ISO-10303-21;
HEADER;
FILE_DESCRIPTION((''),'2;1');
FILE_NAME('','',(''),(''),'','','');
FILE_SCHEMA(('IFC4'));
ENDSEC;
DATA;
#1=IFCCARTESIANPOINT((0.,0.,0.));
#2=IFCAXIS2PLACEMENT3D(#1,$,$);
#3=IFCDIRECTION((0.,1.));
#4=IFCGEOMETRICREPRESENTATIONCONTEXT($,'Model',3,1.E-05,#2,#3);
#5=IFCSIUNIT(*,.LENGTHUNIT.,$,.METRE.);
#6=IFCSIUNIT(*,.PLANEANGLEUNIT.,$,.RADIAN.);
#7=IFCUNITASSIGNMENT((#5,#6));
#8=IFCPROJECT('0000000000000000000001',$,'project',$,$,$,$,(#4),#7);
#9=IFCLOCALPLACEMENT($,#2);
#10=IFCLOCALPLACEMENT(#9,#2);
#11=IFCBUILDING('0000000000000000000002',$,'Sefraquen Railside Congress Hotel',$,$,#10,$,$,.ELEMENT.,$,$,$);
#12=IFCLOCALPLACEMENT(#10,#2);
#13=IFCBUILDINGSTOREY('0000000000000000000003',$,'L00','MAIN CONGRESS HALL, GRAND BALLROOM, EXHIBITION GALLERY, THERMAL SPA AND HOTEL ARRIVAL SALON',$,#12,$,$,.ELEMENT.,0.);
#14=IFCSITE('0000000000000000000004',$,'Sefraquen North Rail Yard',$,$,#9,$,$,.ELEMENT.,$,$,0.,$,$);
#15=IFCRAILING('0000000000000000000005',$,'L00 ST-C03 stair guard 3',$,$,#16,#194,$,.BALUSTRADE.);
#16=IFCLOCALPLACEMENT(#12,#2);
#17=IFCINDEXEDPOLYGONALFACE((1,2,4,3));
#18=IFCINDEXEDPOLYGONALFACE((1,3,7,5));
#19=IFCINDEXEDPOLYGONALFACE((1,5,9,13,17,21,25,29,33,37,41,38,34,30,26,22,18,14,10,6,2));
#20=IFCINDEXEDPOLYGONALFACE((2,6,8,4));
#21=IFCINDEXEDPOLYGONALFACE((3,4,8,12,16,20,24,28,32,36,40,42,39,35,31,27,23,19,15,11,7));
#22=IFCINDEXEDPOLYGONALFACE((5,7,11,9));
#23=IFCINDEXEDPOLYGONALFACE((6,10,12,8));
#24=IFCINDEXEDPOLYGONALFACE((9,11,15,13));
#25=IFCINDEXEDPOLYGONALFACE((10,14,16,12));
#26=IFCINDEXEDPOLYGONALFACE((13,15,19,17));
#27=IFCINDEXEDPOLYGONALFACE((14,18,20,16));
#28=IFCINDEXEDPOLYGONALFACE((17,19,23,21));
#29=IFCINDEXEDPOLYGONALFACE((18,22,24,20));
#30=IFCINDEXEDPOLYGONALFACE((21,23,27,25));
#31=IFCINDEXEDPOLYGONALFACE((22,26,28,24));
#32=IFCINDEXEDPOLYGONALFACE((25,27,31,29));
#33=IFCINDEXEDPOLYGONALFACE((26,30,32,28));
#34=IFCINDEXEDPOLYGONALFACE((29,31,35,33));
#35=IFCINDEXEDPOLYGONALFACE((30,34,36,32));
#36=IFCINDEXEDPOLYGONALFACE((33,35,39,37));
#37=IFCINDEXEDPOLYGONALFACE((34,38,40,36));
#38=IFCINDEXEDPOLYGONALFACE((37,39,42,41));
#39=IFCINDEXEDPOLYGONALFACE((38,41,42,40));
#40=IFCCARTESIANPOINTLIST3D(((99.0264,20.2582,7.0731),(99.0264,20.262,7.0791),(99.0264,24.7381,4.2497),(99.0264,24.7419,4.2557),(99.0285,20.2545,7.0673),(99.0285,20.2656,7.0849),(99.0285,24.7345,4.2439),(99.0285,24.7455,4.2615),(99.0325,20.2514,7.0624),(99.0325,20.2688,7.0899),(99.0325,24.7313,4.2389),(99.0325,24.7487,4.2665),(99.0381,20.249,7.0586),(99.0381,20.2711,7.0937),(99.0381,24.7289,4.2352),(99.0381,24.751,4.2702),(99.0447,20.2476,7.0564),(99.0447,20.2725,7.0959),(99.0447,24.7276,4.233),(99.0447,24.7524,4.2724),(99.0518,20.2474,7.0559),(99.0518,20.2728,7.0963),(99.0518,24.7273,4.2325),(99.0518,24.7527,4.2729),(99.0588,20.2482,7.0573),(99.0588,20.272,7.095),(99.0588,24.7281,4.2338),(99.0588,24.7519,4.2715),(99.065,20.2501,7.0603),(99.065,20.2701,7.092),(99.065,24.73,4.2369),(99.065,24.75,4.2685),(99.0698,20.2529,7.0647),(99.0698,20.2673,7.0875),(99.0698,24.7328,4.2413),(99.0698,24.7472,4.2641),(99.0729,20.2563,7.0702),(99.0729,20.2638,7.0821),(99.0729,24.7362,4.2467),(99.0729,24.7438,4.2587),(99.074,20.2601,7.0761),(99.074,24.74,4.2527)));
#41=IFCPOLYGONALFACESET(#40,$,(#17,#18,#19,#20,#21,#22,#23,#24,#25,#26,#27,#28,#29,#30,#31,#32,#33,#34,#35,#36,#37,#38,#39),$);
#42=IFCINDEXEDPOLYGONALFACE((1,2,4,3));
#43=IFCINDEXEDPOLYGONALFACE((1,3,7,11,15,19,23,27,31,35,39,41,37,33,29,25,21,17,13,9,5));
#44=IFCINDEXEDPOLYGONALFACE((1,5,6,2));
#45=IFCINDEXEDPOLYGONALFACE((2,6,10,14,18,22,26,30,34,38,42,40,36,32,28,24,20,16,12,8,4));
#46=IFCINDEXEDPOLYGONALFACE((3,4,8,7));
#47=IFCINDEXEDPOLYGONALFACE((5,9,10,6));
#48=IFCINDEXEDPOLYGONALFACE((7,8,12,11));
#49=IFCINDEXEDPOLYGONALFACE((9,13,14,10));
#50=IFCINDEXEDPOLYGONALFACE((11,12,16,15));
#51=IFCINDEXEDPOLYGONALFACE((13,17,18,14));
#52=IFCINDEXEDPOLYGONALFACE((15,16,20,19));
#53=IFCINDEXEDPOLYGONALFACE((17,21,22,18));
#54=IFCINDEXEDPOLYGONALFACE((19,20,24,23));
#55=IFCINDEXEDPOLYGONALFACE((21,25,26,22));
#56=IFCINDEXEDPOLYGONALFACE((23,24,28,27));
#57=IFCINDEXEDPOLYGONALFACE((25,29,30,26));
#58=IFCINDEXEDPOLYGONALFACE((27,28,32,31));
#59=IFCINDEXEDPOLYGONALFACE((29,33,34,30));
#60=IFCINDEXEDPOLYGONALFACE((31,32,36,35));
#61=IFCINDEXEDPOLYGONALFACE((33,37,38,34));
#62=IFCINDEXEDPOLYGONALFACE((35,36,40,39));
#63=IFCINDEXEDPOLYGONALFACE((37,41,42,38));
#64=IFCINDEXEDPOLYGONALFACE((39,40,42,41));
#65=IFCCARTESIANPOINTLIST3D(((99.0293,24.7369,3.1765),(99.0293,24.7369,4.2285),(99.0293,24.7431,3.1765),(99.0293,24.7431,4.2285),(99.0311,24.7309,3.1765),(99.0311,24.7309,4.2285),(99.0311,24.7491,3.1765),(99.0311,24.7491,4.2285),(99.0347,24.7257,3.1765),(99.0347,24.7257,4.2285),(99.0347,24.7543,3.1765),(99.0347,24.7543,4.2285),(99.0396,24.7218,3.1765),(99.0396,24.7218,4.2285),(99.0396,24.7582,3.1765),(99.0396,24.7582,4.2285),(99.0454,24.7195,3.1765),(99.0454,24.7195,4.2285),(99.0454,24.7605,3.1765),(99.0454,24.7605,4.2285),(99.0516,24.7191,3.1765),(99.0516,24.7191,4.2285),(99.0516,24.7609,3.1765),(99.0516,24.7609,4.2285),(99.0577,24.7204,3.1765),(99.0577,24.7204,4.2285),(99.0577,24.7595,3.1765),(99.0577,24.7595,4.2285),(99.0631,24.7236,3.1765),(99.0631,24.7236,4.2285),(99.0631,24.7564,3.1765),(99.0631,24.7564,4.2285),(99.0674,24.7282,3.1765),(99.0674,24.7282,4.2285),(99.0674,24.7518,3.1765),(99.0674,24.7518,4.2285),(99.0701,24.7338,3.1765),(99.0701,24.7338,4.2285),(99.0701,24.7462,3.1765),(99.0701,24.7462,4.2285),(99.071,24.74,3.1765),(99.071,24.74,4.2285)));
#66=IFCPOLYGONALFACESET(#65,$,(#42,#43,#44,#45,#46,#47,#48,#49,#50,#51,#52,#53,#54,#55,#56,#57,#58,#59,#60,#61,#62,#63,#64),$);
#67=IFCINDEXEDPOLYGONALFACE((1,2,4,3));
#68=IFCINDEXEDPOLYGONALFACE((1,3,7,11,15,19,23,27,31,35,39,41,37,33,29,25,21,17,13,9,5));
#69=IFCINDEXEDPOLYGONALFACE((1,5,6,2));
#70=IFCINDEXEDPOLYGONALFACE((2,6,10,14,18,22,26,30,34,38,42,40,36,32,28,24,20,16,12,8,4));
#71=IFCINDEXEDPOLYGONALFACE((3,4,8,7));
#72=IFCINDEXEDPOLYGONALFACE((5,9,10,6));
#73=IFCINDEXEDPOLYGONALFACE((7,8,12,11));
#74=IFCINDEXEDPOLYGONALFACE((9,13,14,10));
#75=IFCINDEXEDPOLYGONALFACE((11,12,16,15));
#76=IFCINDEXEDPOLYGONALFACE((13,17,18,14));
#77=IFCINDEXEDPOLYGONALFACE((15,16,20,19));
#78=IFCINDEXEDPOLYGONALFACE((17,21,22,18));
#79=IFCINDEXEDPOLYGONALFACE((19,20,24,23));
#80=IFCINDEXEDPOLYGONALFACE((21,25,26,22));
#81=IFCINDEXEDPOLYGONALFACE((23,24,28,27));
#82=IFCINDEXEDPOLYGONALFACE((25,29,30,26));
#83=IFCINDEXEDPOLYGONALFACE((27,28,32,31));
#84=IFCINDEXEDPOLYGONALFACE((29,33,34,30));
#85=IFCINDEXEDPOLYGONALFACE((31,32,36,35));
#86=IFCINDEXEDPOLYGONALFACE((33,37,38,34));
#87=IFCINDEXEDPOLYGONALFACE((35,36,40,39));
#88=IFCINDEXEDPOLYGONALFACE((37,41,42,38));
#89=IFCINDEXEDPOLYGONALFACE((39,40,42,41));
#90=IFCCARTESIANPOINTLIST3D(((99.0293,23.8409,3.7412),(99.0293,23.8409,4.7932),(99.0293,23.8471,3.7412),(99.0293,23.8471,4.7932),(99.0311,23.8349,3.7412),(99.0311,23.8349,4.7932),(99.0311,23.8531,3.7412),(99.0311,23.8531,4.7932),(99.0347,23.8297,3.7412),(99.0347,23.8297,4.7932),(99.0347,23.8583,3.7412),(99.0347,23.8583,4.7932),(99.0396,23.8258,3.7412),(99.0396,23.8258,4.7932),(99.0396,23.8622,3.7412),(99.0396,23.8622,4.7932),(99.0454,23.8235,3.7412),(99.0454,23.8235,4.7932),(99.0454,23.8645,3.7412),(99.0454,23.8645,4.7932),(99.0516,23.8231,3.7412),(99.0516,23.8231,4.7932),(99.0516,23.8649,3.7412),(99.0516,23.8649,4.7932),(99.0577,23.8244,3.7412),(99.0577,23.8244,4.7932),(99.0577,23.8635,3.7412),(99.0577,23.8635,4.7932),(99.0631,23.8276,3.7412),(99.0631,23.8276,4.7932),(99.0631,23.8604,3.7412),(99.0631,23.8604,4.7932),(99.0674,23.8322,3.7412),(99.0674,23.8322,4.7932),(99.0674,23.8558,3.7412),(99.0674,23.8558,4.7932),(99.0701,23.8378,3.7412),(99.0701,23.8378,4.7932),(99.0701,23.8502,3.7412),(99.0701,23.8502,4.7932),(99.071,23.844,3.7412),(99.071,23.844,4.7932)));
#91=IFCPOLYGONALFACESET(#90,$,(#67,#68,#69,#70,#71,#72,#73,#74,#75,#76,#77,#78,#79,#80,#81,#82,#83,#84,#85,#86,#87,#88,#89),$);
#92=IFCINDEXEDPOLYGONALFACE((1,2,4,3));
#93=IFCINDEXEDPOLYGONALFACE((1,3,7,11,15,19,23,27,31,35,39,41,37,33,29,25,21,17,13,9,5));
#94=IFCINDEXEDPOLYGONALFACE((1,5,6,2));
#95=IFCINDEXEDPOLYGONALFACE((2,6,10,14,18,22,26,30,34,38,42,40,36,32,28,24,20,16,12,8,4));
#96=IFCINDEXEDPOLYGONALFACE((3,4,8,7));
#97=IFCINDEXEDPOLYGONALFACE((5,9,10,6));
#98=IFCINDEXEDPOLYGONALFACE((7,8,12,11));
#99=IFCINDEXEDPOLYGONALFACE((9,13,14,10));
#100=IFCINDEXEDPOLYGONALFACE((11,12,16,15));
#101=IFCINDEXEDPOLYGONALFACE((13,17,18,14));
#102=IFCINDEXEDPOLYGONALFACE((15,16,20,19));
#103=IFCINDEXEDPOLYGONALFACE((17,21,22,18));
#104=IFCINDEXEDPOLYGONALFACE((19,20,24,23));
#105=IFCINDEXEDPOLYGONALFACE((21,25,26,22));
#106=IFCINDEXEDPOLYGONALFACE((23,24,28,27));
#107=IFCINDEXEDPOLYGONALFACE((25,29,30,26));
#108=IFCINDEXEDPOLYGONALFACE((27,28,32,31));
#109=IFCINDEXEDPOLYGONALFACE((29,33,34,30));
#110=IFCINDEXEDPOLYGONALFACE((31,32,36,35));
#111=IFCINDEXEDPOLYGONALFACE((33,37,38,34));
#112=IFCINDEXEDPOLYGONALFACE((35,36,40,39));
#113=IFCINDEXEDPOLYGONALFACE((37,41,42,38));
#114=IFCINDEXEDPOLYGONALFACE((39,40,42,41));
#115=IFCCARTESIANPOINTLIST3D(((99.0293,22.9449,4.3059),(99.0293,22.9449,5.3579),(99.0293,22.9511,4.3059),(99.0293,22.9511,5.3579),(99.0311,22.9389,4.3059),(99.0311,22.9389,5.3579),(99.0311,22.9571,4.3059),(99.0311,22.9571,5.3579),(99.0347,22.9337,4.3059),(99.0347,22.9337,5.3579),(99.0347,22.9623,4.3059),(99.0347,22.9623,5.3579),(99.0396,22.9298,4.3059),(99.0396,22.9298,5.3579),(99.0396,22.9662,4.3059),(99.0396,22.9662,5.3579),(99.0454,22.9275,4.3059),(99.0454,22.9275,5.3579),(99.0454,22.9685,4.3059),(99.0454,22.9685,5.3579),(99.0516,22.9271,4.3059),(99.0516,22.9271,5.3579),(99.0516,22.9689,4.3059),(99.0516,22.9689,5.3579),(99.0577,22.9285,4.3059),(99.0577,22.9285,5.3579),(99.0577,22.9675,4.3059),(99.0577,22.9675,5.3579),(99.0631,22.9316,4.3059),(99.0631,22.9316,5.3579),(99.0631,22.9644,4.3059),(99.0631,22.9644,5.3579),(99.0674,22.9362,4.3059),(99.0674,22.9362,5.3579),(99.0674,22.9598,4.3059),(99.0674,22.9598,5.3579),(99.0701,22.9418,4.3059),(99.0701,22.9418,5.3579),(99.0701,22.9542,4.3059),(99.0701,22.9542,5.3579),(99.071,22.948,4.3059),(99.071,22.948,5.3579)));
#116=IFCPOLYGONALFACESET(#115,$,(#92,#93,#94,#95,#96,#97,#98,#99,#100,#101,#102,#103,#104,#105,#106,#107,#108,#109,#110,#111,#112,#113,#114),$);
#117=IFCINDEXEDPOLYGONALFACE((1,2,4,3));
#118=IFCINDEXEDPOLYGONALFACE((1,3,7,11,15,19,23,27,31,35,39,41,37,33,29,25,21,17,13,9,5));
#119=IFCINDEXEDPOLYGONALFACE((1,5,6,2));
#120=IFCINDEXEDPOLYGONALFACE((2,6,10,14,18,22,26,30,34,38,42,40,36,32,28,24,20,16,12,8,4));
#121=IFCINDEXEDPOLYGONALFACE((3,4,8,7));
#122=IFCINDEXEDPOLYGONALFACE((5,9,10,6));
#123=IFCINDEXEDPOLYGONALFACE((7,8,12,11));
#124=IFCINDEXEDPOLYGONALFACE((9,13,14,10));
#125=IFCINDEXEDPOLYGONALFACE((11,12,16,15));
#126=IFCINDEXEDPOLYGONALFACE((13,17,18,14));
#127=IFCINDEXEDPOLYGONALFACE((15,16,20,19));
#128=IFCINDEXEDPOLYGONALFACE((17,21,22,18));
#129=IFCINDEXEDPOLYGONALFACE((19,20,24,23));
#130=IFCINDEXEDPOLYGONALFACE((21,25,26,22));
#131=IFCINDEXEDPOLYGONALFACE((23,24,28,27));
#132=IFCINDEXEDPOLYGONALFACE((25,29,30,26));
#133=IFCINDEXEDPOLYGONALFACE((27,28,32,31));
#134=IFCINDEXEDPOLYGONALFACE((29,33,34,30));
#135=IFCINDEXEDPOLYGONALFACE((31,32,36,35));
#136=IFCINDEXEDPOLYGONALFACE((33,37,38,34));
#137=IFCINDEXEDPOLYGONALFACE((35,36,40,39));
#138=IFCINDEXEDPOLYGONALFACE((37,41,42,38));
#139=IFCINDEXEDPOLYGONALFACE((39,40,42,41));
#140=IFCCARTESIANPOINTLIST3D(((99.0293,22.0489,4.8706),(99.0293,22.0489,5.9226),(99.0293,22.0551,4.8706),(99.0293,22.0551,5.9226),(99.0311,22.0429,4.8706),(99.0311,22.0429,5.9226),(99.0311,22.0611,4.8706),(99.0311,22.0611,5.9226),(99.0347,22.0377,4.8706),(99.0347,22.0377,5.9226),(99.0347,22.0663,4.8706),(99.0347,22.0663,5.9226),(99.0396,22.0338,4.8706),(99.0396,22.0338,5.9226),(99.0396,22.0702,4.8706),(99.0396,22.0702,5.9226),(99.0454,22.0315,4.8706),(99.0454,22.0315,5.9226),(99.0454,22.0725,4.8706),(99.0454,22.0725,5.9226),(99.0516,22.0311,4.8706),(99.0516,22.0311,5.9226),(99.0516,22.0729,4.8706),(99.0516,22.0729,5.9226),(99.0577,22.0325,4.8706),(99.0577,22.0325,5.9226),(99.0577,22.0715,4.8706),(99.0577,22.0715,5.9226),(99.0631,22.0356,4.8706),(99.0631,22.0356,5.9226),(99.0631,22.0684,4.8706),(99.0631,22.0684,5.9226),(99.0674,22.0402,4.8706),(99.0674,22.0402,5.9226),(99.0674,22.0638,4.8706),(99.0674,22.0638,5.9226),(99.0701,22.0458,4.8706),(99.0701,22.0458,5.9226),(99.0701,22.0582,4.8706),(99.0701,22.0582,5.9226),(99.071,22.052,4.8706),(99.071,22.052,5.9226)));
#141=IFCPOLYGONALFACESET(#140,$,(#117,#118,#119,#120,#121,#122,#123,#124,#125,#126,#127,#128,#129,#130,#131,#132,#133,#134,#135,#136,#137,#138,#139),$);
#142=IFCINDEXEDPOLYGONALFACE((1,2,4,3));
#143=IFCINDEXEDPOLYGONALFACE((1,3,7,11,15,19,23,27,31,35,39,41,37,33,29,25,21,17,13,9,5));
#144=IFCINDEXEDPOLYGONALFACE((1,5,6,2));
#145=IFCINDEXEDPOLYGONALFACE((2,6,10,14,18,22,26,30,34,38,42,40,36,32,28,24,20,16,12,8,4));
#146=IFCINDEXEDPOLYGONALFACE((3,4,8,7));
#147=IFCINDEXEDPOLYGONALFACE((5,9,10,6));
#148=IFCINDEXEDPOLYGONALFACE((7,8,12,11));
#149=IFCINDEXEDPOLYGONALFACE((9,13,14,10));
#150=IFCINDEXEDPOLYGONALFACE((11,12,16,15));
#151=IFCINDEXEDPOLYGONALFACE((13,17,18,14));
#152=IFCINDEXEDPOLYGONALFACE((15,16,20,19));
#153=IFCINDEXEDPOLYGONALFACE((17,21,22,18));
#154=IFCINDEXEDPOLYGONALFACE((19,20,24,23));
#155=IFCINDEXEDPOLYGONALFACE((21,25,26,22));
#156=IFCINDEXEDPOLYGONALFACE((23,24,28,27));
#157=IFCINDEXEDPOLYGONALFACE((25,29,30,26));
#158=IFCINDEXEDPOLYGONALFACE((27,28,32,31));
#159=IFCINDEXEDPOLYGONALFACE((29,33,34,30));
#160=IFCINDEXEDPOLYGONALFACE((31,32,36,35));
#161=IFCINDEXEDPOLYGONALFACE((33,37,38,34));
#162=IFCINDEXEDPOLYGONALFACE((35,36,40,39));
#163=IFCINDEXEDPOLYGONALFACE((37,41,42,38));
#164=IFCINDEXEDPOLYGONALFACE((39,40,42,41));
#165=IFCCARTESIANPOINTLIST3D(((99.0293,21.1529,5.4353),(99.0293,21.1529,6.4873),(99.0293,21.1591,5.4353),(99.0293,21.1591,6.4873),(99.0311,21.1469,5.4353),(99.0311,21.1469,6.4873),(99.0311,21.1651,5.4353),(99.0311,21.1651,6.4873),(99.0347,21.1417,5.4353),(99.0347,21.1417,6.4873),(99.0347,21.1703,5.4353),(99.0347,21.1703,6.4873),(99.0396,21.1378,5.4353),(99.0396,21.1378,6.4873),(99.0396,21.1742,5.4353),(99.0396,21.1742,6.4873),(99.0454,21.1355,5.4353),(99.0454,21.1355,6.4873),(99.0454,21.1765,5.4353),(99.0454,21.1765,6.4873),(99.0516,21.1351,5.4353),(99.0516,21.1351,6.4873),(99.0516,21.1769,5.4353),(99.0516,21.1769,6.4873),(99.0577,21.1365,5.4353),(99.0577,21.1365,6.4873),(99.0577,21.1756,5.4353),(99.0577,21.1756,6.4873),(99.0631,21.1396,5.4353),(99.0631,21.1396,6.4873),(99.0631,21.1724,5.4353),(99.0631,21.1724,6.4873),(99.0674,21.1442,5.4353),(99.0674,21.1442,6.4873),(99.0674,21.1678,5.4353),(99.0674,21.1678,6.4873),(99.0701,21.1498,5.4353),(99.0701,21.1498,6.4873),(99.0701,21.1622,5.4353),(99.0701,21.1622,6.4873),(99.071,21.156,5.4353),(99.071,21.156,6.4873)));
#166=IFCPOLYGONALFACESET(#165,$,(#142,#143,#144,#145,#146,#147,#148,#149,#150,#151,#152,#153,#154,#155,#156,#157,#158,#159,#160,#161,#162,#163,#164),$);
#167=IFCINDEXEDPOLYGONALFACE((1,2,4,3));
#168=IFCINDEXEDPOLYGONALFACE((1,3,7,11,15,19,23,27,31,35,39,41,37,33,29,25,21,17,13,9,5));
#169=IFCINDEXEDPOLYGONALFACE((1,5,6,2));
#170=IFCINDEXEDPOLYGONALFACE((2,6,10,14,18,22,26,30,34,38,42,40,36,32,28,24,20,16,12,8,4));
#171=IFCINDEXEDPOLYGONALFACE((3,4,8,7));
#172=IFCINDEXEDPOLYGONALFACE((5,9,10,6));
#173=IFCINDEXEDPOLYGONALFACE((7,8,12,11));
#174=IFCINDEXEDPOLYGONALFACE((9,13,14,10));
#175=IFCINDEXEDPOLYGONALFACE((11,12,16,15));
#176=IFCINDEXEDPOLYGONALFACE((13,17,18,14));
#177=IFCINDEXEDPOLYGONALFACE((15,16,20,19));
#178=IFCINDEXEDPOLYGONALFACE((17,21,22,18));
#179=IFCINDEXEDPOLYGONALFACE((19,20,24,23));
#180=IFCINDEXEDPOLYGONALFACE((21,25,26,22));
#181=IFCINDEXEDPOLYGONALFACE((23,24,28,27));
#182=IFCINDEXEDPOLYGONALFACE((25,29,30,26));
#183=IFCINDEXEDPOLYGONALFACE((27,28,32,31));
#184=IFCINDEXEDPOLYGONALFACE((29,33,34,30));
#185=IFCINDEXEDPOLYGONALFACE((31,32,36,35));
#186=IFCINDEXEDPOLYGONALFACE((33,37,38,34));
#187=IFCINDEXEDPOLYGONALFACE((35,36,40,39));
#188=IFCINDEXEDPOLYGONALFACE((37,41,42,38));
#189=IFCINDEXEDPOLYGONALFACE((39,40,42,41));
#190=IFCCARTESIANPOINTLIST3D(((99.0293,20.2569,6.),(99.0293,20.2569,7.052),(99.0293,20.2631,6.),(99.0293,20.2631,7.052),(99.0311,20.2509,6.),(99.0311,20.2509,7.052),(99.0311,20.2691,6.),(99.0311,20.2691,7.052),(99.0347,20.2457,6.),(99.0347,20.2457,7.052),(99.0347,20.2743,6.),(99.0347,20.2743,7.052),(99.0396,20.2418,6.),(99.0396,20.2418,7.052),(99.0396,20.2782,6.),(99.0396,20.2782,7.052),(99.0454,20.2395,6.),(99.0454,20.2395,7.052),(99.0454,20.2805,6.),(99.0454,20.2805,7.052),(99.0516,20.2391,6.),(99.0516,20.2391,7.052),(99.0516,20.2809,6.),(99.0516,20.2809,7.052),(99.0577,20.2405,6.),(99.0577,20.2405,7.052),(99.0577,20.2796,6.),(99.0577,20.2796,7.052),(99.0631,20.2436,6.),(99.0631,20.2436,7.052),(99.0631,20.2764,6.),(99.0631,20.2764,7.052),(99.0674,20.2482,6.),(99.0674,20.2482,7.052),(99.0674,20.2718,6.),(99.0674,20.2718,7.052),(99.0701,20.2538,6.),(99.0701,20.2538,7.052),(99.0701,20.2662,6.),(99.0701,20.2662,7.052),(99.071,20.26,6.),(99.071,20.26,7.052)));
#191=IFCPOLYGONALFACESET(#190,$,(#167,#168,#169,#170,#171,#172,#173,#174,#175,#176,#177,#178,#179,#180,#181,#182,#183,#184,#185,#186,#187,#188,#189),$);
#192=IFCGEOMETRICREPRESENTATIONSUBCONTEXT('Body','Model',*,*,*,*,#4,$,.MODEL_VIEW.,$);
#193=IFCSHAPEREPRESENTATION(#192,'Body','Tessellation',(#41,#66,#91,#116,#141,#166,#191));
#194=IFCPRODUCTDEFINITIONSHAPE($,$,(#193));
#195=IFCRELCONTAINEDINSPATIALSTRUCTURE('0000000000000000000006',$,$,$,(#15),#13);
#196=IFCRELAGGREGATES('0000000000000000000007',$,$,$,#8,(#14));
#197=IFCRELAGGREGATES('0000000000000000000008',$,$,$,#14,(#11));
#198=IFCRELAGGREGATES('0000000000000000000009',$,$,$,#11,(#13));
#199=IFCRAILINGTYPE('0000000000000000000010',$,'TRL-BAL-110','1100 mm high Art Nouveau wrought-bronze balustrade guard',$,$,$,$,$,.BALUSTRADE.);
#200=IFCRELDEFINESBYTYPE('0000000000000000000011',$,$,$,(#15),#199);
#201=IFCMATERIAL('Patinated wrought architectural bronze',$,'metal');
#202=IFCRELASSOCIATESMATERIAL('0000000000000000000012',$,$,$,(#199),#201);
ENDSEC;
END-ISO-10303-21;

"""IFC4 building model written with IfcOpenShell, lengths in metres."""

from ifc_helpers import new_model, si_unit, direction, frame, origin, origin_2d, place, context, subcontext, project, spatial, circle, extrude, material, type_object, element, save


model = new_model("IFC4")

# Units and contexts
model_context = context("Model", 3, precision=1e-05, world=origin(), true_north=direction((0.0, 1.0)))
body_context = subcontext(model_context, "Body", "Model", "MODEL_VIEW")
ifc_project = project(units=[si_unit("LENGTHUNIT", "METRE"), si_unit("PLANEANGLEUNIT", "RADIAN")], contexts=[model_context])

# Site, building, storey
site_placement = place(None, origin())
site = spatial("IfcSite", under=ifc_project, at=site_placement, Name="Sefraquen North Rail Yard", CompositionType="ELEMENT", RefElevation=0.0)
building_placement = place(site_placement, origin())
building = spatial("IfcBuilding", under=site, at=building_placement, Name="Sefraquen Railside Congress Hotel", CompositionType="ELEMENT")
storey_placement = place(building_placement, origin())
storey = spatial("IfcBuildingStorey", under=building, at=storey_placement, Name="L00", Description="MAIN CONGRESS HALL, GRAND BALLROOM, EXHIBITION GALLERY, THERMAL SPA AND HOTEL ARRIVAL SALON", CompositionType="ELEMENT", Elevation=0.0)

# Railing
ifc_material_1 = material(Name="Patinated wrought architectural bronze", Category="metal")
railing_type_1 = type_object("IfcRailingType", Name="TRL-BAL-110", Description="1100 mm high Art Nouveau wrought-bronze balustrade guard", PredefinedType="BALUSTRADE", material=ifc_material_1)
railing_1_placement = place(storey_placement, frame((99.05, 24.74, 3.1765)))
element("IfcRailing", 1, at=railing_1_placement, inside=storey, type_object=railing_type_1, Name="L00 ST-C03 stair guard 3", PredefinedType="BALUSTRADE", context=body_context, shape_type="SweptSolid", body=[
    extrude(circle(Radius=0.0239, at=origin_2d()), frame((0.0, 0.0, 1.0762), z_axis=(0.0, -0.845998, 0.533186), x_axis=(1.0, 0.0, 0.0)), (0.0, 0.0, 1.0), 5.2954),
    extrude(circle(Radius=0.021, at=origin_2d()), origin(), (0.0, 0.0, 1.0), 1.052),
    extrude(circle(Radius=0.021, at=origin_2d()), frame((0.0, -0.896, 0.5647)), (0.0, 0.0, 1.0), 1.052),
    extrude(circle(Radius=0.021, at=origin_2d()), frame((0.0, -1.792, 1.1294)), (0.0, 0.0, 1.0), 1.052),
    extrude(circle(Radius=0.021, at=origin_2d()), frame((0.0, -2.688, 1.6941)), (0.0, 0.0, 1.0), 1.052),
    extrude(circle(Radius=0.021, at=origin_2d()), frame((0.0, -3.584, 2.2588)), (0.0, 0.0, 1.0), 1.052),
    extrude(circle(Radius=0.021, at=origin_2d()), frame((0.0, -4.48, 2.8235)), (0.0, 0.0, 1.0), 1.052),
])

save(model, "model.ifc")
